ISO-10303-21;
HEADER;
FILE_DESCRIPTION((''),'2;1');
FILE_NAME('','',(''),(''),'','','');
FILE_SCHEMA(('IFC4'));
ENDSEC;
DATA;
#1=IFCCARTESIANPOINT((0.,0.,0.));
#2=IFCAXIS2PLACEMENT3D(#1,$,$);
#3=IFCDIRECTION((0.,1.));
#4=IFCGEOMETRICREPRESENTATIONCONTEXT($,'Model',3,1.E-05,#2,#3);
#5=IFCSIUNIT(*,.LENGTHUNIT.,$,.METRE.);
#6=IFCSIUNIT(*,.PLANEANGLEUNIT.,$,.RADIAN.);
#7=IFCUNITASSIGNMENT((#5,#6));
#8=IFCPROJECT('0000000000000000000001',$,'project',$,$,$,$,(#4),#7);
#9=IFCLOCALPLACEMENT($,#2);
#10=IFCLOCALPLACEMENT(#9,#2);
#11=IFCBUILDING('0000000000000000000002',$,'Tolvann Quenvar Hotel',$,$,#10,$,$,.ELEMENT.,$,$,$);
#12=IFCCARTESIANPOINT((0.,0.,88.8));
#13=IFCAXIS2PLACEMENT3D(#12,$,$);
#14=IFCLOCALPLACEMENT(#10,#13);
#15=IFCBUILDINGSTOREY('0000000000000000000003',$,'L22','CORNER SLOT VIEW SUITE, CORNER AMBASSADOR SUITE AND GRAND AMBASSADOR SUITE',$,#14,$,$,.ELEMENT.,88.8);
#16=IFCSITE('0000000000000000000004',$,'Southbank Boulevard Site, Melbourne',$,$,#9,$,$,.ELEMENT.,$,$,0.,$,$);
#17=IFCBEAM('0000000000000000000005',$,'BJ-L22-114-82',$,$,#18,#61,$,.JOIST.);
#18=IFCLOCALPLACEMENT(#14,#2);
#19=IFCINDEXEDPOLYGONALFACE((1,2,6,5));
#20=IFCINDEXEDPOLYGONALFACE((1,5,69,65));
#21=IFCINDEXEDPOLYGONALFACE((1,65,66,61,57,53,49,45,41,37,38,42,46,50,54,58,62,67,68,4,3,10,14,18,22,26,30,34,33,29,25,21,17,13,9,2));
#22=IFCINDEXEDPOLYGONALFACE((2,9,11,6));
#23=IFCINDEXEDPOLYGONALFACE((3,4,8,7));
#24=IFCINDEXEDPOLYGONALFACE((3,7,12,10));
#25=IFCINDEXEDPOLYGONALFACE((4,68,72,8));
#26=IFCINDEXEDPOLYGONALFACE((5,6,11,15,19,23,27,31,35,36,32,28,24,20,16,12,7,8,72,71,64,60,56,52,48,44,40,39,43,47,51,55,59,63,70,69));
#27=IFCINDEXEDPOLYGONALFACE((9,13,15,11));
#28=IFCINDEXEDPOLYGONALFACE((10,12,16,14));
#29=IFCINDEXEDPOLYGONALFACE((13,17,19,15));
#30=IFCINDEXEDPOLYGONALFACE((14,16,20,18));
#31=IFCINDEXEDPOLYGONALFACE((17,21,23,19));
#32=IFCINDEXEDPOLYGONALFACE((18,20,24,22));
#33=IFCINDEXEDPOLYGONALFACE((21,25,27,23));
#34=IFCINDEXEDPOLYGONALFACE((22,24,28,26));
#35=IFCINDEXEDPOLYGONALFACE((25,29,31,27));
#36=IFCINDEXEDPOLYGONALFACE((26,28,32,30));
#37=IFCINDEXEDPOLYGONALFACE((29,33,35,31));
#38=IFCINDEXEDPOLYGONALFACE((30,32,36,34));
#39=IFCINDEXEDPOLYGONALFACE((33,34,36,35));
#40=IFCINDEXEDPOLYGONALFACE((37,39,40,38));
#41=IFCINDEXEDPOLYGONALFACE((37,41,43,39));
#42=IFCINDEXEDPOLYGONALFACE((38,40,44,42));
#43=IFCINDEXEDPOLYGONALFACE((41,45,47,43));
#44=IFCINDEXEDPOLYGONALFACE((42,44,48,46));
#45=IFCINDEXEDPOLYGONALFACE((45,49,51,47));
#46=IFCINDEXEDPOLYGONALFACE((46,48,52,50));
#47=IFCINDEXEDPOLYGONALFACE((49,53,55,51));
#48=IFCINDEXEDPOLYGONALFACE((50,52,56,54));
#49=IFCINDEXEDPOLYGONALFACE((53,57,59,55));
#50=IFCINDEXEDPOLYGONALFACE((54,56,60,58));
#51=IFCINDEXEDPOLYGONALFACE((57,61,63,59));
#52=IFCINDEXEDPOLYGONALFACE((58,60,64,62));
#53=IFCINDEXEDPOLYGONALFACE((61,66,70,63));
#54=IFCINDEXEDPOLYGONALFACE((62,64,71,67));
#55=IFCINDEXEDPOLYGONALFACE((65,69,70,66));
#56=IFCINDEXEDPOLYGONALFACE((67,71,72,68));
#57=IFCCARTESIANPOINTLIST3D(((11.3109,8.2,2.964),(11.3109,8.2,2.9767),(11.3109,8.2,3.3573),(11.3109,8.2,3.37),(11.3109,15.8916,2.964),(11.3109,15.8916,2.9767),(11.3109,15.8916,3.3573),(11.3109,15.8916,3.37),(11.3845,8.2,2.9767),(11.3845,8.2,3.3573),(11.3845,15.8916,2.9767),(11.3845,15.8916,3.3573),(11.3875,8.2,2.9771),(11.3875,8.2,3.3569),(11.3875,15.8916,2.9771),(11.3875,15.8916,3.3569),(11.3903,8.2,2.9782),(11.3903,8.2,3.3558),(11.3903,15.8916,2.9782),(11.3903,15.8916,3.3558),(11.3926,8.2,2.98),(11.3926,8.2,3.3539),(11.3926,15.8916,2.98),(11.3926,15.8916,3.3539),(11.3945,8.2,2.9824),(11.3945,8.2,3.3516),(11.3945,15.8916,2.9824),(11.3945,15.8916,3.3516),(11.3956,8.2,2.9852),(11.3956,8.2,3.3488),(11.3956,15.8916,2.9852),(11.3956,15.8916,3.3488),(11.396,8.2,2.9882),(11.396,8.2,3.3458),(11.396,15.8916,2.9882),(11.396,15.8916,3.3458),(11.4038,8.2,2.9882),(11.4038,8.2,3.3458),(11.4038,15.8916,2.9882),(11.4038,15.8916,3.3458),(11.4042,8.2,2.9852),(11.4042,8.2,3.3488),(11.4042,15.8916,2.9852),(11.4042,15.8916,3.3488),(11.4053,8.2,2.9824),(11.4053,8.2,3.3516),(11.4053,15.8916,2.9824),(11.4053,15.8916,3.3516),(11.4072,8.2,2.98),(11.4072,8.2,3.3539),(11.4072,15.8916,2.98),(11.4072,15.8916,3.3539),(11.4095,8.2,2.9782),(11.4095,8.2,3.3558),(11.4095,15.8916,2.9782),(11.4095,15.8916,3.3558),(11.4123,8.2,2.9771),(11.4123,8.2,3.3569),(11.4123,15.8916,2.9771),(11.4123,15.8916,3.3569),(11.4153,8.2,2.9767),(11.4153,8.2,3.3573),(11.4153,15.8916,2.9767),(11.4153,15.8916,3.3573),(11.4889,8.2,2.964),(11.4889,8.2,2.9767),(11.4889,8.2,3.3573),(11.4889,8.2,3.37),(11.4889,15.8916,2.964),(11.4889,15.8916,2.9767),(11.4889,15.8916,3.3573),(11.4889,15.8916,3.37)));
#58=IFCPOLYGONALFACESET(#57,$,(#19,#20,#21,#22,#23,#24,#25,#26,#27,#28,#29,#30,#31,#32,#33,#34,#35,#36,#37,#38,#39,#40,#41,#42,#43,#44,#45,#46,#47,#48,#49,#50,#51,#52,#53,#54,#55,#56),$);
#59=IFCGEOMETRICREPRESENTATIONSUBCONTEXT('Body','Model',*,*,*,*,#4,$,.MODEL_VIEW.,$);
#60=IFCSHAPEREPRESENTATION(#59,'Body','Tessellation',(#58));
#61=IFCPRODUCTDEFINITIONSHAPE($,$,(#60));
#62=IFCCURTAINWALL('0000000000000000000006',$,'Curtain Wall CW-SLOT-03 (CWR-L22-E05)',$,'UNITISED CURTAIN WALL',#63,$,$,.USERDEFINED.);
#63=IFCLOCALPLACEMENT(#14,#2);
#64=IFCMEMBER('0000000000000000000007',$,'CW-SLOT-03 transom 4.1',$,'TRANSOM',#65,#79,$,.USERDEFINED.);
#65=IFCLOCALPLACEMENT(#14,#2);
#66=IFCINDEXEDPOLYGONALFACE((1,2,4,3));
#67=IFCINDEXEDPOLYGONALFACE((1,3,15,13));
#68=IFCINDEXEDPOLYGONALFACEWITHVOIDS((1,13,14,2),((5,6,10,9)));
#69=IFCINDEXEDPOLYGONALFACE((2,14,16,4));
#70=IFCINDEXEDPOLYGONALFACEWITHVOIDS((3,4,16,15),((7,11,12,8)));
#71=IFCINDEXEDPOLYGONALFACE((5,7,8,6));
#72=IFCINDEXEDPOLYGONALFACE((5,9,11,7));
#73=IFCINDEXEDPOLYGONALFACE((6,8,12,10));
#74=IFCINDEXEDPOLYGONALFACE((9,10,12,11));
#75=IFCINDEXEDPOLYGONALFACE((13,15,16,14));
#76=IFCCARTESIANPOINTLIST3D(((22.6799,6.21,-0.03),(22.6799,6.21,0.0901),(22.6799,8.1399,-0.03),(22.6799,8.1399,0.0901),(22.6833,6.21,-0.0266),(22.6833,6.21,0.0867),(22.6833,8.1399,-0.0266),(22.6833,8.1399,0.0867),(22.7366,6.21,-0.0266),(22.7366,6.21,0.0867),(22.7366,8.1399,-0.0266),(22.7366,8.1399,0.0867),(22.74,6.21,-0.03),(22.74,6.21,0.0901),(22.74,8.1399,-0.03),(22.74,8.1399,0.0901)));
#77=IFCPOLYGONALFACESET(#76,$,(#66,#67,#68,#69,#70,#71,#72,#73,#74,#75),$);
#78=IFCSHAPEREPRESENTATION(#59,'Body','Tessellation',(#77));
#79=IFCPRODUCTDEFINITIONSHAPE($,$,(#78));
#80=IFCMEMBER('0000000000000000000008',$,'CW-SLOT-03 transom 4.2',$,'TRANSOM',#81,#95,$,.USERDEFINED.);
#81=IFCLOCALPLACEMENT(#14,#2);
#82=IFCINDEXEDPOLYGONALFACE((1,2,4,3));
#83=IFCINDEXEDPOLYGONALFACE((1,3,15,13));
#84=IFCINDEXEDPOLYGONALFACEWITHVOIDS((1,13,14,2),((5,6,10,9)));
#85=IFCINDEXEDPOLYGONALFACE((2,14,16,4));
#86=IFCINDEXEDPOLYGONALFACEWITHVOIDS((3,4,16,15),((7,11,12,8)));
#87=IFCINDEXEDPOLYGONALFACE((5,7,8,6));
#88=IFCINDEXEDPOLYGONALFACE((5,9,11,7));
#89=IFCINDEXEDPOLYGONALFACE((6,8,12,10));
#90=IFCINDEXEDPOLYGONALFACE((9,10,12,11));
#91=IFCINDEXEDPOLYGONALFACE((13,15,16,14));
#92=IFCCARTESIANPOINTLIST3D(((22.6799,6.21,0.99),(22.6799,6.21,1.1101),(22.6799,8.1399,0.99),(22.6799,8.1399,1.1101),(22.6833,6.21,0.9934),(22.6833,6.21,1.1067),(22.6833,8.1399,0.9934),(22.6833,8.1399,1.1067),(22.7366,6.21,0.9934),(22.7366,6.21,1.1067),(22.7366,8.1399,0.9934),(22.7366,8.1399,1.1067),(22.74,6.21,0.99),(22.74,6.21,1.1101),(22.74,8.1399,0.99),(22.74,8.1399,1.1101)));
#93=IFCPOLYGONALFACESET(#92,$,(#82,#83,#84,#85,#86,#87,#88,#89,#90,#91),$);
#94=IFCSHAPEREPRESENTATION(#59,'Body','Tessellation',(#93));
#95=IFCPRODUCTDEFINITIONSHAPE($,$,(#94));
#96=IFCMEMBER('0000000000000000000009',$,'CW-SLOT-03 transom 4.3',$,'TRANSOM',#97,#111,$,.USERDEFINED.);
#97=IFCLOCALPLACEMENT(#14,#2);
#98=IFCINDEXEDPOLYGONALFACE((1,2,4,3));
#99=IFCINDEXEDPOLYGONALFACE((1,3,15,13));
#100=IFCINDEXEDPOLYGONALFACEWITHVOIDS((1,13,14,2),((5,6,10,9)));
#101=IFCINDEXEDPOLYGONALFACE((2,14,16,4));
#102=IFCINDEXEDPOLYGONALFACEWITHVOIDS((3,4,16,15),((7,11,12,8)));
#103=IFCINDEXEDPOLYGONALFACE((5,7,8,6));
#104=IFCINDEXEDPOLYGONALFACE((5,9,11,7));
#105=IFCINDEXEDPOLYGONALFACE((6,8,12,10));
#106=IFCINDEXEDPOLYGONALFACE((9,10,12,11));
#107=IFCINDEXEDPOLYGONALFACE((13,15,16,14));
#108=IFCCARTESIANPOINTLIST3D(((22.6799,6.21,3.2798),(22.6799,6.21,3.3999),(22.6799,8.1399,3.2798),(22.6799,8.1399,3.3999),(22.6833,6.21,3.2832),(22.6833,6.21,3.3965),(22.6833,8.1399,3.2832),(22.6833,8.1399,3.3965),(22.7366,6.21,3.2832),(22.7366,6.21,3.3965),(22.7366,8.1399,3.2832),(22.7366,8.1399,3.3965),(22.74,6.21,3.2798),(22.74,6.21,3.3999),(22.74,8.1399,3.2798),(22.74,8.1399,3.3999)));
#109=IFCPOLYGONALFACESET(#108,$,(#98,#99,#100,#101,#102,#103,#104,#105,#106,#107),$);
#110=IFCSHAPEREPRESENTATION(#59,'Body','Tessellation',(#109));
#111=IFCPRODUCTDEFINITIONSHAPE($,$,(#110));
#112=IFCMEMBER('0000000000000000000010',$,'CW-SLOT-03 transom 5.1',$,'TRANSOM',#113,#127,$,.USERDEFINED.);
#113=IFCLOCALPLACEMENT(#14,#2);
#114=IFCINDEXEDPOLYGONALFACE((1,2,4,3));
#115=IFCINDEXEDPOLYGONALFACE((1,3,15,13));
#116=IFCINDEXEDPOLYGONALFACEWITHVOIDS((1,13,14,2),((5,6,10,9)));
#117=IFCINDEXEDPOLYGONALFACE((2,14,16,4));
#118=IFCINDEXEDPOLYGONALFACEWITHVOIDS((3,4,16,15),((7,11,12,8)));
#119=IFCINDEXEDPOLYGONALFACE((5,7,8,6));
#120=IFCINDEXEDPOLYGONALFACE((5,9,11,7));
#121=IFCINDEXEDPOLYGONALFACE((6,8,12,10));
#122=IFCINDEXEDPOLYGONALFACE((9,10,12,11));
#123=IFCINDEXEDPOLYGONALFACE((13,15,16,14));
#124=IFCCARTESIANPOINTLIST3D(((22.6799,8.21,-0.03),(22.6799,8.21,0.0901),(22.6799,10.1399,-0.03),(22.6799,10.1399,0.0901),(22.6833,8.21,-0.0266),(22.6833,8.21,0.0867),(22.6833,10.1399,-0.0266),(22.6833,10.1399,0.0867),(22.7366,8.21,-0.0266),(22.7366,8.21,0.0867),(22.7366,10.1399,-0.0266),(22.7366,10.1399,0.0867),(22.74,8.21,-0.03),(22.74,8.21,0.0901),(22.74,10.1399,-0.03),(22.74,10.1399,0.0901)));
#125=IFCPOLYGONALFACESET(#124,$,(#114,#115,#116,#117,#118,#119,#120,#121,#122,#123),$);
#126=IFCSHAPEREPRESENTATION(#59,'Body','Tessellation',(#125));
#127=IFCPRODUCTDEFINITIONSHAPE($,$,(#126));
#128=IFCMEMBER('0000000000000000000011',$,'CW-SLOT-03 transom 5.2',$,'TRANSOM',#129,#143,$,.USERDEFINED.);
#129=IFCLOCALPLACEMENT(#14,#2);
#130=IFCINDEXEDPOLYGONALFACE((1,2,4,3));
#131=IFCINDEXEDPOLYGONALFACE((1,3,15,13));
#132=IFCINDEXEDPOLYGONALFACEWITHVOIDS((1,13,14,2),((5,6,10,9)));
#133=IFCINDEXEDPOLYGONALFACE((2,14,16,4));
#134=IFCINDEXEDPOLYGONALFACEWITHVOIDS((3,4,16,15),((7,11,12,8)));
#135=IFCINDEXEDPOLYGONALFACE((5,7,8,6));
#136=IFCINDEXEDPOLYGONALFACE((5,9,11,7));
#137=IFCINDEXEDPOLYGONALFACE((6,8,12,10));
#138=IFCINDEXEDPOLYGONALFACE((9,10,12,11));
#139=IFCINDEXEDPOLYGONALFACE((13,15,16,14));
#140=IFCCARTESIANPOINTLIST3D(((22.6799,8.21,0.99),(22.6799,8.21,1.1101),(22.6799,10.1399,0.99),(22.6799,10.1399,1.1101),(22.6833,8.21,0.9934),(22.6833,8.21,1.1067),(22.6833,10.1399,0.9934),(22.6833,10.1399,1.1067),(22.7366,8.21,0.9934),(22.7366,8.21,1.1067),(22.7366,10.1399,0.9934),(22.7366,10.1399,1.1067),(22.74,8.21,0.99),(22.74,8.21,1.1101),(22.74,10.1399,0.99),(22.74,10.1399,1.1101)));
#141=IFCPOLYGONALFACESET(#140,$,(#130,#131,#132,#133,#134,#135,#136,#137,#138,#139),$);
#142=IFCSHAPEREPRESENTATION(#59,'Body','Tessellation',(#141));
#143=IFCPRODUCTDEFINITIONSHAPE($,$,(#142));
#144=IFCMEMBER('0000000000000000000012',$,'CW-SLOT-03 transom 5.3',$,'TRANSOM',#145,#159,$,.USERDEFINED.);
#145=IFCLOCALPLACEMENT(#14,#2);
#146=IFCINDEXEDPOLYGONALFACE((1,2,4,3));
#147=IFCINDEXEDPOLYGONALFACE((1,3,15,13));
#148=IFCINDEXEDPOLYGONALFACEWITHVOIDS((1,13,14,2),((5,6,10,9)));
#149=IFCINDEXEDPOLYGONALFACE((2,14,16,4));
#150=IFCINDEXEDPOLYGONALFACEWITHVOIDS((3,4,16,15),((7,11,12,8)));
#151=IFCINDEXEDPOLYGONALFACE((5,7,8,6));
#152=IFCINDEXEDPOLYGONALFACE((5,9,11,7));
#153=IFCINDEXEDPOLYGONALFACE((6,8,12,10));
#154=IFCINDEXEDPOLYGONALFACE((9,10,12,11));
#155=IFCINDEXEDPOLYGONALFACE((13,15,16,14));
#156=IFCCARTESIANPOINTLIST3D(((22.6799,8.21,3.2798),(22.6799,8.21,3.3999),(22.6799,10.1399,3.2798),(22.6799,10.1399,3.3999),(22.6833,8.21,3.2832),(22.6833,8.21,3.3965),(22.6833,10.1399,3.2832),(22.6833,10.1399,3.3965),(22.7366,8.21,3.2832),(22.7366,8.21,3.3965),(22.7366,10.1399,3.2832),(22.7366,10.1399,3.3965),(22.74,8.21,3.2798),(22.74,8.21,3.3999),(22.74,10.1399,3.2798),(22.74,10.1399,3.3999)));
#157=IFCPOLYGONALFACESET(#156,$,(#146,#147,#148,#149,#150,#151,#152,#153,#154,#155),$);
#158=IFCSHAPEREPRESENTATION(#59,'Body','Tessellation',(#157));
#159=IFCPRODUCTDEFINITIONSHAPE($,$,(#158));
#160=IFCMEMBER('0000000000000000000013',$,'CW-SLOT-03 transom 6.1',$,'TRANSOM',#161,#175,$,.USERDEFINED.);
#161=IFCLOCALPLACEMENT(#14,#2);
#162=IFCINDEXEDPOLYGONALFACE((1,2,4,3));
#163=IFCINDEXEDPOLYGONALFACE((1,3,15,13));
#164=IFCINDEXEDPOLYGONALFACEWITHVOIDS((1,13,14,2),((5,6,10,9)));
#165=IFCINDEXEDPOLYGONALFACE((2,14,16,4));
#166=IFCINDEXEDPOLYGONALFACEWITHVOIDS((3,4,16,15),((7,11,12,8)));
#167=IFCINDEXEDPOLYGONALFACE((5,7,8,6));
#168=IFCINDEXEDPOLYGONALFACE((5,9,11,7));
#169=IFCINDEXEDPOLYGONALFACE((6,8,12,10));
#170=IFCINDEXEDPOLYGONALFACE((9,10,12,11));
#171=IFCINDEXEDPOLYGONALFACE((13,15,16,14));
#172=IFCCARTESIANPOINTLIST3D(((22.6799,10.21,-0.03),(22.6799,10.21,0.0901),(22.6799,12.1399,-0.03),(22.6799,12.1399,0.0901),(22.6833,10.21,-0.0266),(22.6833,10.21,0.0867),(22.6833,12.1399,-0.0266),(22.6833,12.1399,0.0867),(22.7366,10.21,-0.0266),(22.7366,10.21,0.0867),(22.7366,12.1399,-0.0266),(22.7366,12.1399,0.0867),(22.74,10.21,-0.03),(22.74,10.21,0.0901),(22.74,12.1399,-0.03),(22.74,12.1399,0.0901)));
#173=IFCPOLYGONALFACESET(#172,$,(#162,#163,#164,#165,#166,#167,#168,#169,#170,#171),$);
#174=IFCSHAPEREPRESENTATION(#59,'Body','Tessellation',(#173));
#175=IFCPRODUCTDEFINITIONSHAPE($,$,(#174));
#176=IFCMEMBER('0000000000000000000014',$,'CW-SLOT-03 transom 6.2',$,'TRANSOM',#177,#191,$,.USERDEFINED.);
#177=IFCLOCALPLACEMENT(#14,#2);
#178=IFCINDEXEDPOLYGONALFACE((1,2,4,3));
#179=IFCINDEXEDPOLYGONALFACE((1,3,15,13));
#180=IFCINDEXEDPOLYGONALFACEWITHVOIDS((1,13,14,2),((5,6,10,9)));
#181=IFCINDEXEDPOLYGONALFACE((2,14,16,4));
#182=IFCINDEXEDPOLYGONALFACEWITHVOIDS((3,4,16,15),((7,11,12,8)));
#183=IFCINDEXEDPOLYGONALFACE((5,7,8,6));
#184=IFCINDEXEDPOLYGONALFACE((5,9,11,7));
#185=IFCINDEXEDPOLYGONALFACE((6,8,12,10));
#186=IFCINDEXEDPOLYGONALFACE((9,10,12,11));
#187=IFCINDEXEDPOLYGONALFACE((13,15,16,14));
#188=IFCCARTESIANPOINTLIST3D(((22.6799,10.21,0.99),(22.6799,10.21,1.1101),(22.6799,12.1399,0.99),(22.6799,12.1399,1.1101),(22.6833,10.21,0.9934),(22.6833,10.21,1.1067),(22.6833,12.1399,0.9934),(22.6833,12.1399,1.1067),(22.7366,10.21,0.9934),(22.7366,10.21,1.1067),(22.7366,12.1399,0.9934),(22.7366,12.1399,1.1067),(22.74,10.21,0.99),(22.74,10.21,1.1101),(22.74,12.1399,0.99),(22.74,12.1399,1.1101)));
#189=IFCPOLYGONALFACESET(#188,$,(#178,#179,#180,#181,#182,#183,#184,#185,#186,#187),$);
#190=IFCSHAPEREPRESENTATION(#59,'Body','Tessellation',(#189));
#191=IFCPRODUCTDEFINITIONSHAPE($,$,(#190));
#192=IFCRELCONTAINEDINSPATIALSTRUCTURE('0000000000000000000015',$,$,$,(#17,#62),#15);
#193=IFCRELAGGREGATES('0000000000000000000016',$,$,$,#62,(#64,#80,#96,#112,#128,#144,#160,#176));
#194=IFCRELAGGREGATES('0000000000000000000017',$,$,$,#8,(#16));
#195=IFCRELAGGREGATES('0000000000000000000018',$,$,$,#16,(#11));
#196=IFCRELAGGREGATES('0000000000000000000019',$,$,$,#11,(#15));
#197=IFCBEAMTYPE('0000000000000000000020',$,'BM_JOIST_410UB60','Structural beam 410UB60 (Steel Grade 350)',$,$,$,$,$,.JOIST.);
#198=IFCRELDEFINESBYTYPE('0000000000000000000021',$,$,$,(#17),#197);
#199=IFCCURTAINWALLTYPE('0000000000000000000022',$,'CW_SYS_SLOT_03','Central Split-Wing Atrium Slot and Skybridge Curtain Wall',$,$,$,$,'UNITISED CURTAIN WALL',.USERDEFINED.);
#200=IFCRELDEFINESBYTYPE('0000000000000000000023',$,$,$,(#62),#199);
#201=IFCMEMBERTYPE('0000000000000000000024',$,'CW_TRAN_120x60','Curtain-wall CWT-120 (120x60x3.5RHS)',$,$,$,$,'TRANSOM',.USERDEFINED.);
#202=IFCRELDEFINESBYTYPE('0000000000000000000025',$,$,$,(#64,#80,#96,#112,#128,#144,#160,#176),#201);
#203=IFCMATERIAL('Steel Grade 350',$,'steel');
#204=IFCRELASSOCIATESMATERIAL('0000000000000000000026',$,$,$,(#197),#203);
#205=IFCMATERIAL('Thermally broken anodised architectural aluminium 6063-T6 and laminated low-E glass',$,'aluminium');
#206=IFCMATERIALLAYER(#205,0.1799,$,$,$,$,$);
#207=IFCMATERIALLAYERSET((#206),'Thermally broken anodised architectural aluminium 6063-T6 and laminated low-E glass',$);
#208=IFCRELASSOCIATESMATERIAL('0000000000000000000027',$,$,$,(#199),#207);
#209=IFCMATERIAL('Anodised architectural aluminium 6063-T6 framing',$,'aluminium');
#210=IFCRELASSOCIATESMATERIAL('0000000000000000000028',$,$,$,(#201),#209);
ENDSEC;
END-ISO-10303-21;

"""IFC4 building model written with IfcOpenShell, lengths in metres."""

from ifc_helpers import new_model, si_unit, direction, frame, origin, origin_2d, place, context, subcontext, project, spatial, hollow_rectangle, i_section, extrude, source, transform, mapped, material, layer, layer_set, material_profile, profile_set, type_object, type_shapes, element, aggregate, save


model = new_model("IFC4")

# Units and contexts
model_context = context("Model", 3, precision=1e-05, world=origin(), true_north=direction((0.0, 1.0)))
body_context = subcontext(model_context, "Body", "Model", "MODEL_VIEW")
ifc_project = project(units=[si_unit("LENGTHUNIT", "METRE"), si_unit("PLANEANGLEUNIT", "RADIAN")], contexts=[model_context])

# Site, building, storey
site_placement = place(None, origin())
site = spatial("IfcSite", under=ifc_project, at=site_placement, Name="Southbank Boulevard Site, Melbourne", CompositionType="ELEMENT", RefElevation=0.0)
building_placement = place(site_placement, origin())
building = spatial("IfcBuilding", under=site, at=building_placement, Name="Tolvann Quenvar Hotel", CompositionType="ELEMENT")
storey_placement = place(building_placement, frame((0.0, 0.0, 88.8)))
storey = spatial("IfcBuildingStorey", under=building, at=storey_placement, Name="L22", Description="CORNER SLOT VIEW SUITE, CORNER AMBASSADOR SUITE AND GRAND AMBASSADOR SUITE", CompositionType="ELEMENT", Elevation=88.8)

# Shared definitions
ifc_material_1 = material(Name="Steel Grade 350", Category="steel")

# Beam
ifc_material_profile_1 = material_profile(ifc_material_1, i_section(OverallWidth=0.178, OverallDepth=0.406, WebThickness=0.0078, FlangeThickness=0.0127, FilletRadius=0.0115, at=origin_2d()), Name="410UB60")
ifc_profile_set_1 = profile_set([ifc_material_profile_1], Name="Steel Grade 350")
beam_type_1 = type_object("IfcBeamType", Name="BM_JOIST_410UB60", Description="Structural beam 410UB60 (Steel Grade 350)", PredefinedType="JOIST", material=ifc_profile_set_1)
shared_shape_1 = source(origin(), body_context, "Body", "SweptSolid", [
    extrude(i_section(OverallWidth=0.178, OverallDepth=0.406, WebThickness=0.0078, FlangeThickness=0.0127, FilletRadius=0.0115, at=origin_2d()), origin(), (0.0, 0.0, 1.0), 7.6917),
])
type_shapes(beam_type_1, [shared_shape_1])
beam_1_placement = place(storey_placement, frame((11.3999, 8.2, 3.167), z_axis=(0.0, 1.0, 0.0), x_axis=(-1.0, 0.0, 0.0)))
element("IfcBeam", 1, at=beam_1_placement, inside=storey, type_object=beam_type_1, Name="BJ-L22-114-82", PredefinedType="JOIST", context=body_context, shape_type="MappedRepresentation", body=[
    mapped(shared_shape_1, transform((0.0, 0.0, 0.0), x_axis=(1.0, 0.0, 0.0), y_axis=(0.0, 1.0, 0.0), z_axis=(0.0, 0.0, 1.0), scale=1.0)),
])

# Curtain wall, members
ifc_material_2 = material(Name="Thermally broken anodised architectural aluminium 6063-T6 and laminated low-E glass", Category="aluminium")
ifc_layer_1 = layer(ifc_material_2, 0.1799)
ifc_layer_set_1 = layer_set([ifc_layer_1], Name="Thermally broken anodised architectural aluminium 6063-T6 and laminated low-E glass")
curtain_wall_type = type_object("IfcCurtainWallType", Name="CW_SYS_SLOT_03", Description="Central Split-Wing Atrium Slot and Skybridge Curtain Wall", ElementType="UNITISED CURTAIN WALL", PredefinedType="USERDEFINED", material=ifc_layer_set_1)
curtain_wall_placement = place(storey_placement, origin())
curtain_wall = element("IfcCurtainWall", 2, at=curtain_wall_placement, inside=storey, type_object=curtain_wall_type, Name="Curtain Wall CW-SLOT-03 (CWR-L22-E05)", ObjectType="UNITISED CURTAIN WALL", PredefinedType="USERDEFINED")
ifc_material_3 = material(Name="Anodised architectural aluminium 6063-T6 framing", Category="aluminium")
ifc_material_profile_2 = material_profile(ifc_material_3, hollow_rectangle(XDim=0.0601, YDim=0.1201, WallThickness=0.0034, at=origin_2d()), Name="120x60x3.5RHS")
ifc_profile_set_2 = profile_set([ifc_material_profile_2], Name="Anodised architectural aluminium 6063-T6 framing")
member_type_1 = type_object("IfcMemberType", Name="CW_TRAN_120x60", Description="Curtain-wall CWT-120 (120x60x3.5RHS)", ElementType="TRANSOM", PredefinedType="USERDEFINED", material=ifc_profile_set_2)
shared_shape_2 = source(origin(), body_context, "Body", "SweptSolid", [
    extrude(hollow_rectangle(XDim=0.0601, YDim=0.1201, WallThickness=0.0034, at=origin_2d()), origin(), (0.0, 0.0, 1.0), 1.9299),
])
type_shapes(member_type_1, [shared_shape_2])
member_1_placement = place(storey_placement, frame((22.71, 6.21, 0.03), z_axis=(0.0, 1.0, 0.0), x_axis=(-1.0, 0.0, 0.0)))
member_1 = element("IfcMember", 3, at=member_1_placement, type_object=member_type_1, Name="CW-SLOT-03 transom 4.1", ObjectType="TRANSOM", PredefinedType="USERDEFINED", context=body_context, shape_type="MappedRepresentation", body=[
    mapped(shared_shape_2, transform((0.0, 0.0, 0.0), x_axis=(1.0, 0.0, 0.0), y_axis=(0.0, 1.0, 0.0), z_axis=(0.0, 0.0, 1.0), scale=1.0)),
])
member_2_placement = place(storey_placement, frame((22.71, 6.21, 1.05), z_axis=(0.0, 1.0, 0.0), x_axis=(-1.0, 0.0, 0.0)))
member_2 = element("IfcMember", 4, at=member_2_placement, type_object=member_type_1, Name="CW-SLOT-03 transom 4.2", ObjectType="TRANSOM", PredefinedType="USERDEFINED", context=body_context, shape_type="MappedRepresentation", body=[
    mapped(shared_shape_2, transform((0.0, 0.0, 0.0), x_axis=(1.0, 0.0, 0.0), y_axis=(0.0, 1.0, 0.0), z_axis=(0.0, 0.0, 1.0), scale=1.0)),
])
member_3_placement = place(storey_placement, frame((22.71, 6.21, 3.3398), z_axis=(0.0, 1.0, 0.0), x_axis=(-1.0, 0.0, 0.0)))
member_3 = element("IfcMember", 5, at=member_3_placement, type_object=member_type_1, Name="CW-SLOT-03 transom 4.3", ObjectType="TRANSOM", PredefinedType="USERDEFINED", context=body_context, shape_type="MappedRepresentation", body=[
    mapped(shared_shape_2, transform((0.0, 0.0, 0.0), x_axis=(1.0, 0.0, 0.0), y_axis=(0.0, 1.0, 0.0), z_axis=(0.0, 0.0, 1.0), scale=1.0)),
])
member_4_placement = place(storey_placement, frame((22.71, 8.21, 0.03), z_axis=(0.0, 1.0, 0.0), x_axis=(-1.0, 0.0, 0.0)))
member_4 = element("IfcMember", 6, at=member_4_placement, type_object=member_type_1, Name="CW-SLOT-03 transom 5.1", ObjectType="TRANSOM", PredefinedType="USERDEFINED", context=body_context, shape_type="MappedRepresentation", body=[
    mapped(shared_shape_2, transform((0.0, 0.0, 0.0), x_axis=(1.0, 0.0, 0.0), y_axis=(0.0, 1.0, 0.0), z_axis=(0.0, 0.0, 1.0), scale=1.0)),
])
member_5_placement = place(storey_placement, frame((22.71, 8.21, 1.05), z_axis=(0.0, 1.0, 0.0), x_axis=(-1.0, 0.0, 0.0)))
member_5 = element("IfcMember", 7, at=member_5_placement, type_object=member_type_1, Name="CW-SLOT-03 transom 5.2", ObjectType="TRANSOM", PredefinedType="USERDEFINED", context=body_context, shape_type="MappedRepresentation", body=[
    mapped(shared_shape_2, transform((0.0, 0.0, 0.0), x_axis=(1.0, 0.0, 0.0), y_axis=(0.0, 1.0, 0.0), z_axis=(0.0, 0.0, 1.0), scale=1.0)),
])
member_6_placement = place(storey_placement, frame((22.71, 8.21, 3.3398), z_axis=(0.0, 1.0, 0.0), x_axis=(-1.0, 0.0, 0.0)))
member_6 = element("IfcMember", 8, at=member_6_placement, type_object=member_type_1, Name="CW-SLOT-03 transom 5.3", ObjectType="TRANSOM", PredefinedType="USERDEFINED", context=body_context, shape_type="MappedRepresentation", body=[
    mapped(shared_shape_2, transform((0.0, 0.0, 0.0), x_axis=(1.0, 0.0, 0.0), y_axis=(0.0, 1.0, 0.0), z_axis=(0.0, 0.0, 1.0), scale=1.0)),
])
member_7_placement = place(storey_placement, frame((22.71, 10.21, 0.03), z_axis=(0.0, 1.0, 0.0), x_axis=(-1.0, 0.0, 0.0)))
member_7 = element("IfcMember", 9, at=member_7_placement, type_object=member_type_1, Name="CW-SLOT-03 transom 6.1", ObjectType="TRANSOM", PredefinedType="USERDEFINED", context=body_context, shape_type="MappedRepresentation", body=[
    mapped(shared_shape_2, transform((0.0, 0.0, 0.0), x_axis=(1.0, 0.0, 0.0), y_axis=(0.0, 1.0, 0.0), z_axis=(0.0, 0.0, 1.0), scale=1.0)),
])
member_8_placement = place(storey_placement, frame((22.71, 10.21, 1.05), z_axis=(0.0, 1.0, 0.0), x_axis=(-1.0, 0.0, 0.0)))
member_8 = element("IfcMember", 10, at=member_8_placement, type_object=member_type_1, Name="CW-SLOT-03 transom 6.2", ObjectType="TRANSOM", PredefinedType="USERDEFINED", context=body_context, shape_type="MappedRepresentation", body=[
    mapped(shared_shape_2, transform((0.0, 0.0, 0.0), x_axis=(1.0, 0.0, 0.0), y_axis=(0.0, 1.0, 0.0), z_axis=(0.0, 0.0, 1.0), scale=1.0)),
])
aggregate(curtain_wall, [member_1, member_2, member_3, member_4, member_5, member_6, member_7, member_8])

save(model, "model.ifc")
